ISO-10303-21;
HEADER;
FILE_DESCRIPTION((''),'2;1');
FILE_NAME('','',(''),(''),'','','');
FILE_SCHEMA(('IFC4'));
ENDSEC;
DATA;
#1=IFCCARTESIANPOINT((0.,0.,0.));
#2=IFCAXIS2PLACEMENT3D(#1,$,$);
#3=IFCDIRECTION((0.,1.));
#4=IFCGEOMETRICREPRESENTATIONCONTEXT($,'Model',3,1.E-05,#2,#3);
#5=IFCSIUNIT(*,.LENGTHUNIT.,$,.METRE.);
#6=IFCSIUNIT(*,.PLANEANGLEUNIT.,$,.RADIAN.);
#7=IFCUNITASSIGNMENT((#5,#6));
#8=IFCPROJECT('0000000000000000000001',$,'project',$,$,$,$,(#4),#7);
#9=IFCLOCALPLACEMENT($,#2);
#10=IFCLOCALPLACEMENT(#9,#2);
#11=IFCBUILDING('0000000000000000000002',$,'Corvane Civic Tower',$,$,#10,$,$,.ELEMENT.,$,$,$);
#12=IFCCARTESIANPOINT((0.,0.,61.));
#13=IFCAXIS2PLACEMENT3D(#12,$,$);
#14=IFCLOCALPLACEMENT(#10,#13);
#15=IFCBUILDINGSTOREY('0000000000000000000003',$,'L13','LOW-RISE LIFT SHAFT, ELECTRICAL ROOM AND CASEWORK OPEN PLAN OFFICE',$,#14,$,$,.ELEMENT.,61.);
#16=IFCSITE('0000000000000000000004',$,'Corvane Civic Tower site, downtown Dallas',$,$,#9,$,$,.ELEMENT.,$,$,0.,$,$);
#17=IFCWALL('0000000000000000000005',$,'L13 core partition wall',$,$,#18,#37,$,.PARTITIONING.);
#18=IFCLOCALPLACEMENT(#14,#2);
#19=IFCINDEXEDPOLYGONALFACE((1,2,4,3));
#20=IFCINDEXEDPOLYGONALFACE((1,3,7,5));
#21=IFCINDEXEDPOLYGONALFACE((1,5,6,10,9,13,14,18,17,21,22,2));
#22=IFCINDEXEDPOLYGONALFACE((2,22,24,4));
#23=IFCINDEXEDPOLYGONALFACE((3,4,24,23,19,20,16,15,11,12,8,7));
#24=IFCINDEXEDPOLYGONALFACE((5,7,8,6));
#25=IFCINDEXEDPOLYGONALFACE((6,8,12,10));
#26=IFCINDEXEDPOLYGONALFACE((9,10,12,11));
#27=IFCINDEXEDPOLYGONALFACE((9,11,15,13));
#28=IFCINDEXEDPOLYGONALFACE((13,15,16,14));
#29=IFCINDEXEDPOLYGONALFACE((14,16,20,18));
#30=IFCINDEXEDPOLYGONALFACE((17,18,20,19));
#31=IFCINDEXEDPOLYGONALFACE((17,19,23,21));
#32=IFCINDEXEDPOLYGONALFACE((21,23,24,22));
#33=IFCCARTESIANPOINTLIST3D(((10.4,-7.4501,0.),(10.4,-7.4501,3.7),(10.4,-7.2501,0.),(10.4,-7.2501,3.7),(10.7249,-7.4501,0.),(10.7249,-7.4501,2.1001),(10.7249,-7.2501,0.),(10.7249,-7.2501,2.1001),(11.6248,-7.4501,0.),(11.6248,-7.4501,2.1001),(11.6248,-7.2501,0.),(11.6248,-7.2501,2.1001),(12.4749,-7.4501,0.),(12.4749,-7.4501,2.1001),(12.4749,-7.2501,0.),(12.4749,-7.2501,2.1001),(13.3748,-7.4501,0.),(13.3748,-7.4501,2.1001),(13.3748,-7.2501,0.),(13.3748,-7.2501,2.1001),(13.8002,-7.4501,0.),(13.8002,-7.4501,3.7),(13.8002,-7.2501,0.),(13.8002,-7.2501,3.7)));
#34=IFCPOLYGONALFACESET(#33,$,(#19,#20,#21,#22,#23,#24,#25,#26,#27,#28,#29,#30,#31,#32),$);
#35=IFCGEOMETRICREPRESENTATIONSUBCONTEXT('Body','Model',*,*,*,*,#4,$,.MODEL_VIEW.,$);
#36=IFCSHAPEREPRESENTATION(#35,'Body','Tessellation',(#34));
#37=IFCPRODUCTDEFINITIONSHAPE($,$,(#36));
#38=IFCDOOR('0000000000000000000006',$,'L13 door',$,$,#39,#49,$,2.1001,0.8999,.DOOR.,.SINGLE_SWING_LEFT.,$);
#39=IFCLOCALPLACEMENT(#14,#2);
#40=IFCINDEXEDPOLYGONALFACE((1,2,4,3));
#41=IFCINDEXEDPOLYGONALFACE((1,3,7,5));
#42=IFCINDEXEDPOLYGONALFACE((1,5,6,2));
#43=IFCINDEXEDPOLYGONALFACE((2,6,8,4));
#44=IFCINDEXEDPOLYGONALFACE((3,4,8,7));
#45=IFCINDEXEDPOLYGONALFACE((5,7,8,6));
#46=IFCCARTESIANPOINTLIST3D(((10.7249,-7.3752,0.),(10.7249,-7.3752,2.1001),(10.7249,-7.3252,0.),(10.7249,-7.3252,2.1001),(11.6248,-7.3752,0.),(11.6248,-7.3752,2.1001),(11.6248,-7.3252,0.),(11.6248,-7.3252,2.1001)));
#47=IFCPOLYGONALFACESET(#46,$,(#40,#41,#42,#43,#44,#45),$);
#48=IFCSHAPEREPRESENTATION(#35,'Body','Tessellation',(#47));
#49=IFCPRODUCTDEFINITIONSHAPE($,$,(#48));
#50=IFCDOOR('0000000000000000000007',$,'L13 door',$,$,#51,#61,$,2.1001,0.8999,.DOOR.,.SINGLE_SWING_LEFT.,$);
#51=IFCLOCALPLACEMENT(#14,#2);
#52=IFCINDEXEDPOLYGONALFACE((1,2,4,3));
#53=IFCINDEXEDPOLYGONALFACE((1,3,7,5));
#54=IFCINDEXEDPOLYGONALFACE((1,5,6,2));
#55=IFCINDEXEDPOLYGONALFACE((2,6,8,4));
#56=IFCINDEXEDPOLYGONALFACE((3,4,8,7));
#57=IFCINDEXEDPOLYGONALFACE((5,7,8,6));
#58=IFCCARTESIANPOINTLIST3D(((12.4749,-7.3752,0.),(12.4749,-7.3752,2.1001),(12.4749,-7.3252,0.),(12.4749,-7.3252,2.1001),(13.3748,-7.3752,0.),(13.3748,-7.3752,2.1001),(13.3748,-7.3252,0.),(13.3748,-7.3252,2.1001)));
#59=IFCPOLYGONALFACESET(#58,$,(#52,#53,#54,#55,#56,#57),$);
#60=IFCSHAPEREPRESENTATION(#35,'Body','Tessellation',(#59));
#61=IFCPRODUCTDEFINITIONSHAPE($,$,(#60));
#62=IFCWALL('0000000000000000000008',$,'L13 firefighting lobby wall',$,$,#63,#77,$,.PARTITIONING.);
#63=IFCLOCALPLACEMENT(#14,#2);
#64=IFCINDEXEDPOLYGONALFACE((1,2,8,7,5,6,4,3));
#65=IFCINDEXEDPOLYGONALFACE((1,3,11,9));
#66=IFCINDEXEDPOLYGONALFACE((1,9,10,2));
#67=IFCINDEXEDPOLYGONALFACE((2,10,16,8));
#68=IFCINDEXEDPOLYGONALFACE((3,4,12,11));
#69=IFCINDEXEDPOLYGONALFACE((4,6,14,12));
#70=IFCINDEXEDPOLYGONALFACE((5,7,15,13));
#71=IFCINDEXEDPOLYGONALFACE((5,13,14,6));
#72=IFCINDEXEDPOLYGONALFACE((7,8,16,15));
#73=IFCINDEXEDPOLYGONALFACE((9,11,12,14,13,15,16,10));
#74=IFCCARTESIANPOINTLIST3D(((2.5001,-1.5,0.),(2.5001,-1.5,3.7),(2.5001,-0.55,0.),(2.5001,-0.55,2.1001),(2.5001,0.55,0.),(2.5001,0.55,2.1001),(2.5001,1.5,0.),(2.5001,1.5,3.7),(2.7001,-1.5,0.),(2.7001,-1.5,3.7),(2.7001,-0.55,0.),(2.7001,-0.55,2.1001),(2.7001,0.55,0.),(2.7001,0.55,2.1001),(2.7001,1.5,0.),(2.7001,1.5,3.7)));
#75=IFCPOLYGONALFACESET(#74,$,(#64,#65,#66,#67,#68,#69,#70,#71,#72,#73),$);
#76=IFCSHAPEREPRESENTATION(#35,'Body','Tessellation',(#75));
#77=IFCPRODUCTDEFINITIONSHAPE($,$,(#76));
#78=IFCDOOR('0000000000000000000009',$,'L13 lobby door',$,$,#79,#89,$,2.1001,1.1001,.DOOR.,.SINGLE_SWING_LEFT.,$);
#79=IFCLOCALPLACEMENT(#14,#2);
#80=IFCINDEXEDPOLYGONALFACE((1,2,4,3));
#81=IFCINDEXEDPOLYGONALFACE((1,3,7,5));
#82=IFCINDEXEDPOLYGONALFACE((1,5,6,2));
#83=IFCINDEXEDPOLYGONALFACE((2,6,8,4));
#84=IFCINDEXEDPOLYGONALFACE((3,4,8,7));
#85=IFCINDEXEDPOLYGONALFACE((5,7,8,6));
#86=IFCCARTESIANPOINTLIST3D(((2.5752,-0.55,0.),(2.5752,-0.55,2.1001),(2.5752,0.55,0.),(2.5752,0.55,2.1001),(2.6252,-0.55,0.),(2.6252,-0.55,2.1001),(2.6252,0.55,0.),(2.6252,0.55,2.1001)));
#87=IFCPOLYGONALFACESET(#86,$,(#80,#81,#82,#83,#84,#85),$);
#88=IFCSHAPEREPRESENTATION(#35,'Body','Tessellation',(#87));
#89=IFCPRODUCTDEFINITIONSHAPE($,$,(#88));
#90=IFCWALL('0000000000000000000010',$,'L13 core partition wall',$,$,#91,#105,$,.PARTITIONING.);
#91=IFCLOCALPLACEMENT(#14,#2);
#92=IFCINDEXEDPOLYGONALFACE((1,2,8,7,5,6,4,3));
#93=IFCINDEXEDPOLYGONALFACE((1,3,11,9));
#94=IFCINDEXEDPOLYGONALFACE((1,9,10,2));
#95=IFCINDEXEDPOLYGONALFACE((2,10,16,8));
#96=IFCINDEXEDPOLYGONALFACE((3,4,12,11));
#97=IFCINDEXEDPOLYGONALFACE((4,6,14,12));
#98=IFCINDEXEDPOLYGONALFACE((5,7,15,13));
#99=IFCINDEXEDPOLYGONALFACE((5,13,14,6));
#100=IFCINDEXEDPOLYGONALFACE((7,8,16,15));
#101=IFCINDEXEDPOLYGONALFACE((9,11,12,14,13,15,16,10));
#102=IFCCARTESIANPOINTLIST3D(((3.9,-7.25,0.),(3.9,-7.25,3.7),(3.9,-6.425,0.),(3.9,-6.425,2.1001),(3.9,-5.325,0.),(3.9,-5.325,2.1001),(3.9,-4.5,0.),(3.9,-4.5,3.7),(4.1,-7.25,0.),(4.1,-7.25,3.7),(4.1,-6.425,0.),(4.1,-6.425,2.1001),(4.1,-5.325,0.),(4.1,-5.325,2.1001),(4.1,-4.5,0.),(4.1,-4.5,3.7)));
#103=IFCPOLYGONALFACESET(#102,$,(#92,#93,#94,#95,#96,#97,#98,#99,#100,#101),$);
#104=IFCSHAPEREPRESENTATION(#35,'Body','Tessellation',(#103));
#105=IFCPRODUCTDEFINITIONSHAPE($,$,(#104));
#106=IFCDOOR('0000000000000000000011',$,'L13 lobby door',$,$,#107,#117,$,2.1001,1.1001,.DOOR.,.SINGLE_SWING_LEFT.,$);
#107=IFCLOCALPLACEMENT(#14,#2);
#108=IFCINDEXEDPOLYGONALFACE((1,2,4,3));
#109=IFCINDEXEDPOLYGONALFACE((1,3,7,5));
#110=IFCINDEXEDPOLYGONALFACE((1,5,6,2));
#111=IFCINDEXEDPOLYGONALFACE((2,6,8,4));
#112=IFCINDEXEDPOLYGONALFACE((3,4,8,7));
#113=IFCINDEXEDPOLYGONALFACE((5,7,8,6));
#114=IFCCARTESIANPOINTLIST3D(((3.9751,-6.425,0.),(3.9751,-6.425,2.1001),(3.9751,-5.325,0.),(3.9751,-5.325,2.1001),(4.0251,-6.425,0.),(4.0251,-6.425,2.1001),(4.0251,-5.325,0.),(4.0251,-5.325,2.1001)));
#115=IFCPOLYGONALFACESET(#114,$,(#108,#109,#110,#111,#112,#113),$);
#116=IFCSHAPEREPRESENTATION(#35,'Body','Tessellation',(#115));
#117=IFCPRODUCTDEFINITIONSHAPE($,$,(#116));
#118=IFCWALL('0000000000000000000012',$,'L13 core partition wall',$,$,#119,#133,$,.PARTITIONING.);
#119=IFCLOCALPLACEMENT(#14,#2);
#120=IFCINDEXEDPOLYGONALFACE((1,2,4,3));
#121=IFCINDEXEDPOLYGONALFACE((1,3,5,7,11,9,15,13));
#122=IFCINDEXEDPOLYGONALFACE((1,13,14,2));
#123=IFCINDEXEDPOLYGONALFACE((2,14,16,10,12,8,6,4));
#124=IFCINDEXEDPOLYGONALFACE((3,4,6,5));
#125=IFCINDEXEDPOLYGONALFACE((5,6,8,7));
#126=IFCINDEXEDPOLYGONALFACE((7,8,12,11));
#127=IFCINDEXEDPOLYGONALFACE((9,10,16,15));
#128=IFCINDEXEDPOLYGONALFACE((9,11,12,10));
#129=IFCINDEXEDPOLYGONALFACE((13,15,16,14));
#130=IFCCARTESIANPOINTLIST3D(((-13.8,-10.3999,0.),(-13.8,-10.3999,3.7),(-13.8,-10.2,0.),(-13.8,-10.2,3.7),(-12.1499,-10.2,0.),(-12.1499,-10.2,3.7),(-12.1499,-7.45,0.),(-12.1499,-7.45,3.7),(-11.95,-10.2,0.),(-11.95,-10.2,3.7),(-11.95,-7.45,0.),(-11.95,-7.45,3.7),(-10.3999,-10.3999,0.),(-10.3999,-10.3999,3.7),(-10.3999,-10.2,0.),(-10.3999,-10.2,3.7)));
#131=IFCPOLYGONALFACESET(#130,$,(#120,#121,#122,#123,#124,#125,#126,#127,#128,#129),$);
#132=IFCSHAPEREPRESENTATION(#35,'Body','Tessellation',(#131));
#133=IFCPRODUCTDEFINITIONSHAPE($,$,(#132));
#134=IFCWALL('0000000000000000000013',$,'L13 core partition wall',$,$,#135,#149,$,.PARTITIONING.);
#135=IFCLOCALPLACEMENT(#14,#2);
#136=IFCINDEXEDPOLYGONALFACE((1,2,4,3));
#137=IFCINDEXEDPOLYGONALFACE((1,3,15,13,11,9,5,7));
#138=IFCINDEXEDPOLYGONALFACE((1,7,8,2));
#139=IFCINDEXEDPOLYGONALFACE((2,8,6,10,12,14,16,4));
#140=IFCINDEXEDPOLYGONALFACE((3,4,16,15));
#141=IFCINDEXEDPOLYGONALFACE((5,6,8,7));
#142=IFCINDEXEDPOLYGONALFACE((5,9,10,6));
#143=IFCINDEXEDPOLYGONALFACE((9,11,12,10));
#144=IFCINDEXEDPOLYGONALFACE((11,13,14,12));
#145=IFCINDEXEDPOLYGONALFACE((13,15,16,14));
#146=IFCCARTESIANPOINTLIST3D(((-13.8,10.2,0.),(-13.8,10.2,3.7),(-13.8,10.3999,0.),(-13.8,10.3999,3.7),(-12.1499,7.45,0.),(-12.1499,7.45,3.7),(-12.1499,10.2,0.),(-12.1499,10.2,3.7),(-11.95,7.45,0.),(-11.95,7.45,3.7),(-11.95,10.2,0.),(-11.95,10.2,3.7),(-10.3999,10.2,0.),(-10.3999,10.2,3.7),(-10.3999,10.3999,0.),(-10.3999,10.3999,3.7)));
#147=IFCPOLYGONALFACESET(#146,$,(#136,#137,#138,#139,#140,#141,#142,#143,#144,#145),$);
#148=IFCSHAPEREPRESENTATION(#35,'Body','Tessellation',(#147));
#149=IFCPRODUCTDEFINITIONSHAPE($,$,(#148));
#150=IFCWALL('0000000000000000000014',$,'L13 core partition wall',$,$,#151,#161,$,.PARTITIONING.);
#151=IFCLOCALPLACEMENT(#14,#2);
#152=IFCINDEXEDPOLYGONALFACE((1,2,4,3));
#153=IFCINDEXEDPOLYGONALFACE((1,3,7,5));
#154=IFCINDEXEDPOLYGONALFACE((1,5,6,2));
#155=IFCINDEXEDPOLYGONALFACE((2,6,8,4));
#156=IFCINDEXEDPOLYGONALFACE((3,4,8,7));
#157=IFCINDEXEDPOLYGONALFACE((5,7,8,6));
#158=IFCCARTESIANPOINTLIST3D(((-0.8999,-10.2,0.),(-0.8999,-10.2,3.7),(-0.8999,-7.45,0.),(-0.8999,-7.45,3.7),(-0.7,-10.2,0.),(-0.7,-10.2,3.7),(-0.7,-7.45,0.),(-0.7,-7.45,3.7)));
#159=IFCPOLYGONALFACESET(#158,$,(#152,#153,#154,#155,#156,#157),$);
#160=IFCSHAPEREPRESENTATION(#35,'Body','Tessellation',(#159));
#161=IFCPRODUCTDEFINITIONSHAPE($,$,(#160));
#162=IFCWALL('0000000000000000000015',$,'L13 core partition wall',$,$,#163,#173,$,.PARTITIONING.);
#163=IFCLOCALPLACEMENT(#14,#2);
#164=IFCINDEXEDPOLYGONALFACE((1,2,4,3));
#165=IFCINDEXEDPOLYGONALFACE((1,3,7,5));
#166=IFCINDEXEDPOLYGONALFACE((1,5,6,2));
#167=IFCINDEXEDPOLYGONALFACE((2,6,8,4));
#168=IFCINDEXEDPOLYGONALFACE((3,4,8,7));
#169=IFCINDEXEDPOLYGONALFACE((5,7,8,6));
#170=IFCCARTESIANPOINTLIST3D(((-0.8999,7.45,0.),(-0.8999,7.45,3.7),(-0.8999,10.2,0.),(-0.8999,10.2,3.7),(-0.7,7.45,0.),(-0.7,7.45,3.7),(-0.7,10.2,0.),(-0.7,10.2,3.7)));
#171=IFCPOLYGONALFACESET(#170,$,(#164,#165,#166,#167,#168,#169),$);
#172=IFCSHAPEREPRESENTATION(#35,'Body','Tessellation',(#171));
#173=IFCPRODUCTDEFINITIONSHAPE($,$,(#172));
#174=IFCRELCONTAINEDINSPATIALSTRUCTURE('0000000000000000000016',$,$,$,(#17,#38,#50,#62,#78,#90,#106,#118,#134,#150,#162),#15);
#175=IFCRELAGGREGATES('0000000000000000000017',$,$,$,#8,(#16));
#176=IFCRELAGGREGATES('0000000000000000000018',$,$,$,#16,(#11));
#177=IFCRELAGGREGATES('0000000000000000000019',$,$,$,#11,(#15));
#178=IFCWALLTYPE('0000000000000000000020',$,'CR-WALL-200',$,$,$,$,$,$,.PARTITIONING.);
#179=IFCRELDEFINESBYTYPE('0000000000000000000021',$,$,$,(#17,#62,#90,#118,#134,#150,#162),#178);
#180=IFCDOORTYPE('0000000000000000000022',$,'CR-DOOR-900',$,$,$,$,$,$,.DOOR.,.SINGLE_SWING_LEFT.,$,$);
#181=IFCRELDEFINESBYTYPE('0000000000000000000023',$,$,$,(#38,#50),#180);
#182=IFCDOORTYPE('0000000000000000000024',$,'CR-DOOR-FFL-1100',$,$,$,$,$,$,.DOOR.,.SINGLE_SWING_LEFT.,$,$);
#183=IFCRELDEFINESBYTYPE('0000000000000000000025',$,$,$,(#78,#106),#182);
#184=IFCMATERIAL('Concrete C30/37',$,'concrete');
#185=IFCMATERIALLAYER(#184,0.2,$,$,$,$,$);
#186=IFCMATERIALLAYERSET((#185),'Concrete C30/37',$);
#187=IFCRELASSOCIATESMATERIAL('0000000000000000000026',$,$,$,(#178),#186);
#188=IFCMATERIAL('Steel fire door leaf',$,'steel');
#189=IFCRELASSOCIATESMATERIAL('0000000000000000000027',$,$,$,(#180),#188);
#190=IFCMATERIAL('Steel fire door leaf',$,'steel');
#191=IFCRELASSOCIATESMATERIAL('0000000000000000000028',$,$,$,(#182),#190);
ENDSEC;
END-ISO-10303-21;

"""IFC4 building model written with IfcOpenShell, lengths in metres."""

from ifc_helpers import new_model, si_unit, direction, frame, frame_2d, origin, place, context, subcontext, project, spatial, polyline, rectangle, outline, extrude, material, layer, layer_set, type_object, element, fill, save


model = new_model("IFC4")

# Units and contexts
model_context = context("Model", 3, precision=1e-05, world=origin(), true_north=direction((0.0, 1.0)))
body_context = subcontext(model_context, "Body", "Model", "MODEL_VIEW")
ifc_project = project(units=[si_unit("LENGTHUNIT", "METRE"), si_unit("PLANEANGLEUNIT", "RADIAN")], contexts=[model_context])

# Site, building, storey
site_placement = place(None, origin())
site = spatial("IfcSite", under=ifc_project, at=site_placement, Name="Corvane Civic Tower site, downtown Dallas", CompositionType="ELEMENT", RefElevation=0.0)
building_placement = place(site_placement, origin())
building = spatial("IfcBuilding", under=site, at=building_placement, Name="Corvane Civic Tower", CompositionType="ELEMENT")
storey_placement = place(building_placement, frame((0.0, 0.0, 61.0)))
storey = spatial("IfcBuildingStorey", under=building, at=storey_placement, Name="L13", Description="LOW-RISE LIFT SHAFT, ELECTRICAL ROOM AND CASEWORK OPEN PLAN OFFICE", CompositionType="ELEMENT", Elevation=61.0)

# Wall, openings, doors
ifc_material_1 = material(Name="Concrete C30/37", Category="concrete")
ifc_layer_1 = layer(ifc_material_1, 0.2)
ifc_layer_set_1 = layer_set([ifc_layer_1], Name="Concrete C30/37")
wall_type_1 = type_object("IfcWallType", Name="CR-WALL-200", PredefinedType="PARTITIONING", material=ifc_layer_set_1)
wall_1_placement = place(storey_placement, frame((10.3999, -7.3501, 0.0), z_axis=(0.0, 0.0, 1.0), x_axis=(1.0, 0.0, 0.0)))
wall_1 = element("IfcWall", 1, at=wall_1_placement, inside=storey, type_object=wall_type_1, Name="L13 core partition wall", PredefinedType="PARTITIONING", context=body_context, shape_type="SweptSolid", body=[
    extrude(rectangle(XDim=3.4001, YDim=0.2, at=frame_2d((1.7002, 0.0))), origin(), (0.0, 0.0, 1.0), 3.7),
])
opening_1_placement = place(wall_1_placement, frame((0.325, 0.0, 0.0)))
opening_1 = element("IfcOpeningElement", 2, at=opening_1_placement, cuts=wall_1, PredefinedType="OPENING", context=body_context, shape_type="SweptSolid", body=[
    extrude(rectangle(XDim=0.8999, YDim=2.1001, at=frame_2d((0.45, 1.05))), frame((0.0, 0.1099, 0.0), z_axis=(0.0, -1.0, 0.0), x_axis=(1.0, 0.0, 0.0)), (0.0, 0.0, 1.0), 0.22),
])
opening_2_placement = place(wall_1_placement, frame((2.075, 0.0, 0.0)))
opening_2 = element("IfcOpeningElement", 3, at=opening_2_placement, cuts=wall_1, PredefinedType="OPENING", context=body_context, shape_type="SweptSolid", body=[
    extrude(rectangle(XDim=0.8999, YDim=2.1001, at=frame_2d((0.45, 1.05))), frame((0.0, 0.1099, 0.0), z_axis=(0.0, -1.0, 0.0), x_axis=(1.0, 0.0, 0.0)), (0.0, 0.0, 1.0), 0.22),
])
ifc_material_2 = material(Name="Steel fire door leaf", Category="steel")
door_type_1 = type_object("IfcDoorType", Name="CR-DOOR-900", OperationType="SINGLE_SWING_LEFT", PredefinedType="DOOR", material=ifc_material_2)
door_1_placement = place(opening_1_placement, origin())
door_1 = element("IfcDoor", 4, at=door_1_placement, inside=storey, type_object=door_type_1, Name="L13 door", OperationType="SINGLE_SWING_LEFT", OverallHeight=2.1001, OverallWidth=0.8999, PredefinedType="DOOR", context=body_context, shape_type="SweptSolid", body=[
    extrude(rectangle(XDim=0.8999, YDim=2.1001, at=frame_2d((0.45, 1.05))), frame((0.0, 0.0249, 0.0), z_axis=(0.0, -1.0, 0.0), x_axis=(1.0, 0.0, 0.0)), (0.0, 0.0, 1.0), 0.05),
])
fill(opening_1, door_1)
door_2_placement = place(opening_2_placement, origin())
door_2 = element("IfcDoor", 5, at=door_2_placement, inside=storey, type_object=door_type_1, Name="L13 door", OperationType="SINGLE_SWING_LEFT", OverallHeight=2.1001, OverallWidth=0.8999, PredefinedType="DOOR", context=body_context, shape_type="SweptSolid", body=[
    extrude(rectangle(XDim=0.8999, YDim=2.1001, at=frame_2d((0.45, 1.05))), frame((0.0, 0.0249, 0.0), z_axis=(0.0, -1.0, 0.0), x_axis=(1.0, 0.0, 0.0)), (0.0, 0.0, 1.0), 0.05),
])
fill(opening_2, door_2)

# Walls, openings, doors
wall_2_placement = place(storey_placement, frame((2.6001, -1.5, 0.0), z_axis=(0.0, 0.0, 1.0), x_axis=(0.0, 1.0, 0.0)))
wall_2 = element("IfcWall", 6, at=wall_2_placement, inside=storey, type_object=wall_type_1, Name="L13 firefighting lobby wall", PredefinedType="PARTITIONING", context=body_context, shape_type="SweptSolid", body=[
    extrude(rectangle(XDim=3.0, YDim=0.2, at=frame_2d((1.5, 0.0))), origin(), (0.0, 0.0, 1.0), 3.7),
])
opening_3_placement = place(wall_2_placement, frame((0.95, 0.0, 0.0)))
opening_3 = element("IfcOpeningElement", 7, at=opening_3_placement, cuts=wall_2, PredefinedType="OPENING", context=body_context, shape_type="SweptSolid", body=[
    extrude(rectangle(XDim=1.1001, YDim=2.1001, at=frame_2d((0.55, 1.05))), frame((0.0, 0.1099, 0.0), z_axis=(0.0, -1.0, 0.0), x_axis=(1.0, 0.0, 0.0)), (0.0, 0.0, 1.0), 0.22),
])
ifc_material_3 = material(Name="Steel fire door leaf", Category="steel")
door_type_2 = type_object("IfcDoorType", Name="CR-DOOR-FFL-1100", OperationType="SINGLE_SWING_LEFT", PredefinedType="DOOR", material=ifc_material_3)
door_3_placement = place(opening_3_placement, origin())
door_3 = element("IfcDoor", 8, at=door_3_placement, inside=storey, type_object=door_type_2, Name="L13 lobby door", OperationType="SINGLE_SWING_LEFT", OverallHeight=2.1001, OverallWidth=1.1001, PredefinedType="DOOR", context=body_context, shape_type="SweptSolid", body=[
    extrude(rectangle(XDim=1.1001, YDim=2.1001, at=frame_2d((0.55, 1.05))), frame((0.0, 0.0249, 0.0), z_axis=(0.0, -1.0, 0.0), x_axis=(1.0, 0.0, 0.0)), (0.0, 0.0, 1.0), 0.05),
])
fill(opening_3, door_3)
wall_3_placement = place(storey_placement, frame((4.0, -7.25, 0.0), z_axis=(0.0, 0.0, 1.0), x_axis=(0.0, 1.0, 0.0)))
wall_3 = element("IfcWall", 9, at=wall_3_placement, inside=storey, type_object=wall_type_1, Name="L13 core partition wall", PredefinedType="PARTITIONING", context=body_context, shape_type="SweptSolid", body=[
    extrude(rectangle(XDim=2.75, YDim=0.2, at=frame_2d((1.375, 0.0))), origin(), (0.0, 0.0, 1.0), 3.7),
])
opening_4_placement = place(wall_3_placement, frame((0.825, 0.0, 0.0)))
opening_4 = element("IfcOpeningElement", 10, at=opening_4_placement, cuts=wall_3, PredefinedType="OPENING", context=body_context, shape_type="SweptSolid", body=[
    extrude(rectangle(XDim=1.1001, YDim=2.1001, at=frame_2d((0.55, 1.05))), frame((0.0, 0.1099, 0.0), z_axis=(0.0, -1.0, 0.0), x_axis=(1.0, 0.0, 0.0)), (0.0, 0.0, 1.0), 0.22),
])
door_4_placement = place(opening_4_placement, origin())
door_4 = element("IfcDoor", 11, at=door_4_placement, inside=storey, type_object=door_type_2, Name="L13 lobby door", OperationType="SINGLE_SWING_LEFT", OverallHeight=2.1001, OverallWidth=1.1001, PredefinedType="DOOR", context=body_context, shape_type="SweptSolid", body=[
    extrude(rectangle(XDim=1.1001, YDim=2.1001, at=frame_2d((0.55, 1.05))), frame((0.0, 0.0249, 0.0), z_axis=(0.0, -1.0, 0.0), x_axis=(1.0, 0.0, 0.0)), (0.0, 0.0, 1.0), 0.05),
])
fill(opening_4, door_4)

# Walls
wall_4_placement = place(storey_placement, origin())
element("IfcWall", 12, at=wall_4_placement, inside=storey, type_object=wall_type_1, Name="L13 core partition wall", PredefinedType="PARTITIONING", context=body_context, shape_type="SweptSolid", body=[
    extrude(outline(polyline([(-12.1499, -7.45), (-11.95, -7.45), (-11.95, -10.2), (-10.3999, -10.2), (-10.3999, -10.3999), (-13.8, -10.3999), (-13.8, -10.2), (-12.1499, -10.2), (-12.1499, -7.45)])), origin(), (0.0, 0.0, 1.0), 3.7),
])
wall_5_placement = place(storey_placement, origin())
element("IfcWall", 13, at=wall_5_placement, inside=storey, type_object=wall_type_1, Name="L13 core partition wall", PredefinedType="PARTITIONING", context=body_context, shape_type="SweptSolid", body=[
    extrude(outline(polyline([(-13.8, 10.3999), (-10.3999, 10.3999), (-10.3999, 10.2), (-11.95, 10.2), (-11.95, 7.45), (-12.1499, 7.45), (-12.1499, 10.2), (-13.8, 10.2), (-13.8, 10.3999)])), origin(), (0.0, 0.0, 1.0), 3.7),
])
wall_6_placement = place(storey_placement, origin())
element("IfcWall", 14, at=wall_6_placement, inside=storey, type_object=wall_type_1, Name="L13 core partition wall", PredefinedType="PARTITIONING", context=body_context, shape_type="SweptSolid", body=[
    extrude(outline(polyline([(-0.7, -10.2), (-0.8999, -10.2), (-0.8999, -7.45), (-0.7, -7.45), (-0.7, -10.2)])), origin(), (0.0, 0.0, 1.0), 3.7),
])
wall_7_placement = place(storey_placement, origin())
element("IfcWall", 15, at=wall_7_placement, inside=storey, type_object=wall_type_1, Name="L13 core partition wall", PredefinedType="PARTITIONING", context=body_context, shape_type="SweptSolid", body=[
    extrude(outline(polyline([(-0.7, 7.45), (-0.8999, 7.45), (-0.8999, 10.2), (-0.7, 10.2), (-0.7, 7.45)])), origin(), (0.0, 0.0, 1.0), 3.7),
])

save(model, "model.ifc")
